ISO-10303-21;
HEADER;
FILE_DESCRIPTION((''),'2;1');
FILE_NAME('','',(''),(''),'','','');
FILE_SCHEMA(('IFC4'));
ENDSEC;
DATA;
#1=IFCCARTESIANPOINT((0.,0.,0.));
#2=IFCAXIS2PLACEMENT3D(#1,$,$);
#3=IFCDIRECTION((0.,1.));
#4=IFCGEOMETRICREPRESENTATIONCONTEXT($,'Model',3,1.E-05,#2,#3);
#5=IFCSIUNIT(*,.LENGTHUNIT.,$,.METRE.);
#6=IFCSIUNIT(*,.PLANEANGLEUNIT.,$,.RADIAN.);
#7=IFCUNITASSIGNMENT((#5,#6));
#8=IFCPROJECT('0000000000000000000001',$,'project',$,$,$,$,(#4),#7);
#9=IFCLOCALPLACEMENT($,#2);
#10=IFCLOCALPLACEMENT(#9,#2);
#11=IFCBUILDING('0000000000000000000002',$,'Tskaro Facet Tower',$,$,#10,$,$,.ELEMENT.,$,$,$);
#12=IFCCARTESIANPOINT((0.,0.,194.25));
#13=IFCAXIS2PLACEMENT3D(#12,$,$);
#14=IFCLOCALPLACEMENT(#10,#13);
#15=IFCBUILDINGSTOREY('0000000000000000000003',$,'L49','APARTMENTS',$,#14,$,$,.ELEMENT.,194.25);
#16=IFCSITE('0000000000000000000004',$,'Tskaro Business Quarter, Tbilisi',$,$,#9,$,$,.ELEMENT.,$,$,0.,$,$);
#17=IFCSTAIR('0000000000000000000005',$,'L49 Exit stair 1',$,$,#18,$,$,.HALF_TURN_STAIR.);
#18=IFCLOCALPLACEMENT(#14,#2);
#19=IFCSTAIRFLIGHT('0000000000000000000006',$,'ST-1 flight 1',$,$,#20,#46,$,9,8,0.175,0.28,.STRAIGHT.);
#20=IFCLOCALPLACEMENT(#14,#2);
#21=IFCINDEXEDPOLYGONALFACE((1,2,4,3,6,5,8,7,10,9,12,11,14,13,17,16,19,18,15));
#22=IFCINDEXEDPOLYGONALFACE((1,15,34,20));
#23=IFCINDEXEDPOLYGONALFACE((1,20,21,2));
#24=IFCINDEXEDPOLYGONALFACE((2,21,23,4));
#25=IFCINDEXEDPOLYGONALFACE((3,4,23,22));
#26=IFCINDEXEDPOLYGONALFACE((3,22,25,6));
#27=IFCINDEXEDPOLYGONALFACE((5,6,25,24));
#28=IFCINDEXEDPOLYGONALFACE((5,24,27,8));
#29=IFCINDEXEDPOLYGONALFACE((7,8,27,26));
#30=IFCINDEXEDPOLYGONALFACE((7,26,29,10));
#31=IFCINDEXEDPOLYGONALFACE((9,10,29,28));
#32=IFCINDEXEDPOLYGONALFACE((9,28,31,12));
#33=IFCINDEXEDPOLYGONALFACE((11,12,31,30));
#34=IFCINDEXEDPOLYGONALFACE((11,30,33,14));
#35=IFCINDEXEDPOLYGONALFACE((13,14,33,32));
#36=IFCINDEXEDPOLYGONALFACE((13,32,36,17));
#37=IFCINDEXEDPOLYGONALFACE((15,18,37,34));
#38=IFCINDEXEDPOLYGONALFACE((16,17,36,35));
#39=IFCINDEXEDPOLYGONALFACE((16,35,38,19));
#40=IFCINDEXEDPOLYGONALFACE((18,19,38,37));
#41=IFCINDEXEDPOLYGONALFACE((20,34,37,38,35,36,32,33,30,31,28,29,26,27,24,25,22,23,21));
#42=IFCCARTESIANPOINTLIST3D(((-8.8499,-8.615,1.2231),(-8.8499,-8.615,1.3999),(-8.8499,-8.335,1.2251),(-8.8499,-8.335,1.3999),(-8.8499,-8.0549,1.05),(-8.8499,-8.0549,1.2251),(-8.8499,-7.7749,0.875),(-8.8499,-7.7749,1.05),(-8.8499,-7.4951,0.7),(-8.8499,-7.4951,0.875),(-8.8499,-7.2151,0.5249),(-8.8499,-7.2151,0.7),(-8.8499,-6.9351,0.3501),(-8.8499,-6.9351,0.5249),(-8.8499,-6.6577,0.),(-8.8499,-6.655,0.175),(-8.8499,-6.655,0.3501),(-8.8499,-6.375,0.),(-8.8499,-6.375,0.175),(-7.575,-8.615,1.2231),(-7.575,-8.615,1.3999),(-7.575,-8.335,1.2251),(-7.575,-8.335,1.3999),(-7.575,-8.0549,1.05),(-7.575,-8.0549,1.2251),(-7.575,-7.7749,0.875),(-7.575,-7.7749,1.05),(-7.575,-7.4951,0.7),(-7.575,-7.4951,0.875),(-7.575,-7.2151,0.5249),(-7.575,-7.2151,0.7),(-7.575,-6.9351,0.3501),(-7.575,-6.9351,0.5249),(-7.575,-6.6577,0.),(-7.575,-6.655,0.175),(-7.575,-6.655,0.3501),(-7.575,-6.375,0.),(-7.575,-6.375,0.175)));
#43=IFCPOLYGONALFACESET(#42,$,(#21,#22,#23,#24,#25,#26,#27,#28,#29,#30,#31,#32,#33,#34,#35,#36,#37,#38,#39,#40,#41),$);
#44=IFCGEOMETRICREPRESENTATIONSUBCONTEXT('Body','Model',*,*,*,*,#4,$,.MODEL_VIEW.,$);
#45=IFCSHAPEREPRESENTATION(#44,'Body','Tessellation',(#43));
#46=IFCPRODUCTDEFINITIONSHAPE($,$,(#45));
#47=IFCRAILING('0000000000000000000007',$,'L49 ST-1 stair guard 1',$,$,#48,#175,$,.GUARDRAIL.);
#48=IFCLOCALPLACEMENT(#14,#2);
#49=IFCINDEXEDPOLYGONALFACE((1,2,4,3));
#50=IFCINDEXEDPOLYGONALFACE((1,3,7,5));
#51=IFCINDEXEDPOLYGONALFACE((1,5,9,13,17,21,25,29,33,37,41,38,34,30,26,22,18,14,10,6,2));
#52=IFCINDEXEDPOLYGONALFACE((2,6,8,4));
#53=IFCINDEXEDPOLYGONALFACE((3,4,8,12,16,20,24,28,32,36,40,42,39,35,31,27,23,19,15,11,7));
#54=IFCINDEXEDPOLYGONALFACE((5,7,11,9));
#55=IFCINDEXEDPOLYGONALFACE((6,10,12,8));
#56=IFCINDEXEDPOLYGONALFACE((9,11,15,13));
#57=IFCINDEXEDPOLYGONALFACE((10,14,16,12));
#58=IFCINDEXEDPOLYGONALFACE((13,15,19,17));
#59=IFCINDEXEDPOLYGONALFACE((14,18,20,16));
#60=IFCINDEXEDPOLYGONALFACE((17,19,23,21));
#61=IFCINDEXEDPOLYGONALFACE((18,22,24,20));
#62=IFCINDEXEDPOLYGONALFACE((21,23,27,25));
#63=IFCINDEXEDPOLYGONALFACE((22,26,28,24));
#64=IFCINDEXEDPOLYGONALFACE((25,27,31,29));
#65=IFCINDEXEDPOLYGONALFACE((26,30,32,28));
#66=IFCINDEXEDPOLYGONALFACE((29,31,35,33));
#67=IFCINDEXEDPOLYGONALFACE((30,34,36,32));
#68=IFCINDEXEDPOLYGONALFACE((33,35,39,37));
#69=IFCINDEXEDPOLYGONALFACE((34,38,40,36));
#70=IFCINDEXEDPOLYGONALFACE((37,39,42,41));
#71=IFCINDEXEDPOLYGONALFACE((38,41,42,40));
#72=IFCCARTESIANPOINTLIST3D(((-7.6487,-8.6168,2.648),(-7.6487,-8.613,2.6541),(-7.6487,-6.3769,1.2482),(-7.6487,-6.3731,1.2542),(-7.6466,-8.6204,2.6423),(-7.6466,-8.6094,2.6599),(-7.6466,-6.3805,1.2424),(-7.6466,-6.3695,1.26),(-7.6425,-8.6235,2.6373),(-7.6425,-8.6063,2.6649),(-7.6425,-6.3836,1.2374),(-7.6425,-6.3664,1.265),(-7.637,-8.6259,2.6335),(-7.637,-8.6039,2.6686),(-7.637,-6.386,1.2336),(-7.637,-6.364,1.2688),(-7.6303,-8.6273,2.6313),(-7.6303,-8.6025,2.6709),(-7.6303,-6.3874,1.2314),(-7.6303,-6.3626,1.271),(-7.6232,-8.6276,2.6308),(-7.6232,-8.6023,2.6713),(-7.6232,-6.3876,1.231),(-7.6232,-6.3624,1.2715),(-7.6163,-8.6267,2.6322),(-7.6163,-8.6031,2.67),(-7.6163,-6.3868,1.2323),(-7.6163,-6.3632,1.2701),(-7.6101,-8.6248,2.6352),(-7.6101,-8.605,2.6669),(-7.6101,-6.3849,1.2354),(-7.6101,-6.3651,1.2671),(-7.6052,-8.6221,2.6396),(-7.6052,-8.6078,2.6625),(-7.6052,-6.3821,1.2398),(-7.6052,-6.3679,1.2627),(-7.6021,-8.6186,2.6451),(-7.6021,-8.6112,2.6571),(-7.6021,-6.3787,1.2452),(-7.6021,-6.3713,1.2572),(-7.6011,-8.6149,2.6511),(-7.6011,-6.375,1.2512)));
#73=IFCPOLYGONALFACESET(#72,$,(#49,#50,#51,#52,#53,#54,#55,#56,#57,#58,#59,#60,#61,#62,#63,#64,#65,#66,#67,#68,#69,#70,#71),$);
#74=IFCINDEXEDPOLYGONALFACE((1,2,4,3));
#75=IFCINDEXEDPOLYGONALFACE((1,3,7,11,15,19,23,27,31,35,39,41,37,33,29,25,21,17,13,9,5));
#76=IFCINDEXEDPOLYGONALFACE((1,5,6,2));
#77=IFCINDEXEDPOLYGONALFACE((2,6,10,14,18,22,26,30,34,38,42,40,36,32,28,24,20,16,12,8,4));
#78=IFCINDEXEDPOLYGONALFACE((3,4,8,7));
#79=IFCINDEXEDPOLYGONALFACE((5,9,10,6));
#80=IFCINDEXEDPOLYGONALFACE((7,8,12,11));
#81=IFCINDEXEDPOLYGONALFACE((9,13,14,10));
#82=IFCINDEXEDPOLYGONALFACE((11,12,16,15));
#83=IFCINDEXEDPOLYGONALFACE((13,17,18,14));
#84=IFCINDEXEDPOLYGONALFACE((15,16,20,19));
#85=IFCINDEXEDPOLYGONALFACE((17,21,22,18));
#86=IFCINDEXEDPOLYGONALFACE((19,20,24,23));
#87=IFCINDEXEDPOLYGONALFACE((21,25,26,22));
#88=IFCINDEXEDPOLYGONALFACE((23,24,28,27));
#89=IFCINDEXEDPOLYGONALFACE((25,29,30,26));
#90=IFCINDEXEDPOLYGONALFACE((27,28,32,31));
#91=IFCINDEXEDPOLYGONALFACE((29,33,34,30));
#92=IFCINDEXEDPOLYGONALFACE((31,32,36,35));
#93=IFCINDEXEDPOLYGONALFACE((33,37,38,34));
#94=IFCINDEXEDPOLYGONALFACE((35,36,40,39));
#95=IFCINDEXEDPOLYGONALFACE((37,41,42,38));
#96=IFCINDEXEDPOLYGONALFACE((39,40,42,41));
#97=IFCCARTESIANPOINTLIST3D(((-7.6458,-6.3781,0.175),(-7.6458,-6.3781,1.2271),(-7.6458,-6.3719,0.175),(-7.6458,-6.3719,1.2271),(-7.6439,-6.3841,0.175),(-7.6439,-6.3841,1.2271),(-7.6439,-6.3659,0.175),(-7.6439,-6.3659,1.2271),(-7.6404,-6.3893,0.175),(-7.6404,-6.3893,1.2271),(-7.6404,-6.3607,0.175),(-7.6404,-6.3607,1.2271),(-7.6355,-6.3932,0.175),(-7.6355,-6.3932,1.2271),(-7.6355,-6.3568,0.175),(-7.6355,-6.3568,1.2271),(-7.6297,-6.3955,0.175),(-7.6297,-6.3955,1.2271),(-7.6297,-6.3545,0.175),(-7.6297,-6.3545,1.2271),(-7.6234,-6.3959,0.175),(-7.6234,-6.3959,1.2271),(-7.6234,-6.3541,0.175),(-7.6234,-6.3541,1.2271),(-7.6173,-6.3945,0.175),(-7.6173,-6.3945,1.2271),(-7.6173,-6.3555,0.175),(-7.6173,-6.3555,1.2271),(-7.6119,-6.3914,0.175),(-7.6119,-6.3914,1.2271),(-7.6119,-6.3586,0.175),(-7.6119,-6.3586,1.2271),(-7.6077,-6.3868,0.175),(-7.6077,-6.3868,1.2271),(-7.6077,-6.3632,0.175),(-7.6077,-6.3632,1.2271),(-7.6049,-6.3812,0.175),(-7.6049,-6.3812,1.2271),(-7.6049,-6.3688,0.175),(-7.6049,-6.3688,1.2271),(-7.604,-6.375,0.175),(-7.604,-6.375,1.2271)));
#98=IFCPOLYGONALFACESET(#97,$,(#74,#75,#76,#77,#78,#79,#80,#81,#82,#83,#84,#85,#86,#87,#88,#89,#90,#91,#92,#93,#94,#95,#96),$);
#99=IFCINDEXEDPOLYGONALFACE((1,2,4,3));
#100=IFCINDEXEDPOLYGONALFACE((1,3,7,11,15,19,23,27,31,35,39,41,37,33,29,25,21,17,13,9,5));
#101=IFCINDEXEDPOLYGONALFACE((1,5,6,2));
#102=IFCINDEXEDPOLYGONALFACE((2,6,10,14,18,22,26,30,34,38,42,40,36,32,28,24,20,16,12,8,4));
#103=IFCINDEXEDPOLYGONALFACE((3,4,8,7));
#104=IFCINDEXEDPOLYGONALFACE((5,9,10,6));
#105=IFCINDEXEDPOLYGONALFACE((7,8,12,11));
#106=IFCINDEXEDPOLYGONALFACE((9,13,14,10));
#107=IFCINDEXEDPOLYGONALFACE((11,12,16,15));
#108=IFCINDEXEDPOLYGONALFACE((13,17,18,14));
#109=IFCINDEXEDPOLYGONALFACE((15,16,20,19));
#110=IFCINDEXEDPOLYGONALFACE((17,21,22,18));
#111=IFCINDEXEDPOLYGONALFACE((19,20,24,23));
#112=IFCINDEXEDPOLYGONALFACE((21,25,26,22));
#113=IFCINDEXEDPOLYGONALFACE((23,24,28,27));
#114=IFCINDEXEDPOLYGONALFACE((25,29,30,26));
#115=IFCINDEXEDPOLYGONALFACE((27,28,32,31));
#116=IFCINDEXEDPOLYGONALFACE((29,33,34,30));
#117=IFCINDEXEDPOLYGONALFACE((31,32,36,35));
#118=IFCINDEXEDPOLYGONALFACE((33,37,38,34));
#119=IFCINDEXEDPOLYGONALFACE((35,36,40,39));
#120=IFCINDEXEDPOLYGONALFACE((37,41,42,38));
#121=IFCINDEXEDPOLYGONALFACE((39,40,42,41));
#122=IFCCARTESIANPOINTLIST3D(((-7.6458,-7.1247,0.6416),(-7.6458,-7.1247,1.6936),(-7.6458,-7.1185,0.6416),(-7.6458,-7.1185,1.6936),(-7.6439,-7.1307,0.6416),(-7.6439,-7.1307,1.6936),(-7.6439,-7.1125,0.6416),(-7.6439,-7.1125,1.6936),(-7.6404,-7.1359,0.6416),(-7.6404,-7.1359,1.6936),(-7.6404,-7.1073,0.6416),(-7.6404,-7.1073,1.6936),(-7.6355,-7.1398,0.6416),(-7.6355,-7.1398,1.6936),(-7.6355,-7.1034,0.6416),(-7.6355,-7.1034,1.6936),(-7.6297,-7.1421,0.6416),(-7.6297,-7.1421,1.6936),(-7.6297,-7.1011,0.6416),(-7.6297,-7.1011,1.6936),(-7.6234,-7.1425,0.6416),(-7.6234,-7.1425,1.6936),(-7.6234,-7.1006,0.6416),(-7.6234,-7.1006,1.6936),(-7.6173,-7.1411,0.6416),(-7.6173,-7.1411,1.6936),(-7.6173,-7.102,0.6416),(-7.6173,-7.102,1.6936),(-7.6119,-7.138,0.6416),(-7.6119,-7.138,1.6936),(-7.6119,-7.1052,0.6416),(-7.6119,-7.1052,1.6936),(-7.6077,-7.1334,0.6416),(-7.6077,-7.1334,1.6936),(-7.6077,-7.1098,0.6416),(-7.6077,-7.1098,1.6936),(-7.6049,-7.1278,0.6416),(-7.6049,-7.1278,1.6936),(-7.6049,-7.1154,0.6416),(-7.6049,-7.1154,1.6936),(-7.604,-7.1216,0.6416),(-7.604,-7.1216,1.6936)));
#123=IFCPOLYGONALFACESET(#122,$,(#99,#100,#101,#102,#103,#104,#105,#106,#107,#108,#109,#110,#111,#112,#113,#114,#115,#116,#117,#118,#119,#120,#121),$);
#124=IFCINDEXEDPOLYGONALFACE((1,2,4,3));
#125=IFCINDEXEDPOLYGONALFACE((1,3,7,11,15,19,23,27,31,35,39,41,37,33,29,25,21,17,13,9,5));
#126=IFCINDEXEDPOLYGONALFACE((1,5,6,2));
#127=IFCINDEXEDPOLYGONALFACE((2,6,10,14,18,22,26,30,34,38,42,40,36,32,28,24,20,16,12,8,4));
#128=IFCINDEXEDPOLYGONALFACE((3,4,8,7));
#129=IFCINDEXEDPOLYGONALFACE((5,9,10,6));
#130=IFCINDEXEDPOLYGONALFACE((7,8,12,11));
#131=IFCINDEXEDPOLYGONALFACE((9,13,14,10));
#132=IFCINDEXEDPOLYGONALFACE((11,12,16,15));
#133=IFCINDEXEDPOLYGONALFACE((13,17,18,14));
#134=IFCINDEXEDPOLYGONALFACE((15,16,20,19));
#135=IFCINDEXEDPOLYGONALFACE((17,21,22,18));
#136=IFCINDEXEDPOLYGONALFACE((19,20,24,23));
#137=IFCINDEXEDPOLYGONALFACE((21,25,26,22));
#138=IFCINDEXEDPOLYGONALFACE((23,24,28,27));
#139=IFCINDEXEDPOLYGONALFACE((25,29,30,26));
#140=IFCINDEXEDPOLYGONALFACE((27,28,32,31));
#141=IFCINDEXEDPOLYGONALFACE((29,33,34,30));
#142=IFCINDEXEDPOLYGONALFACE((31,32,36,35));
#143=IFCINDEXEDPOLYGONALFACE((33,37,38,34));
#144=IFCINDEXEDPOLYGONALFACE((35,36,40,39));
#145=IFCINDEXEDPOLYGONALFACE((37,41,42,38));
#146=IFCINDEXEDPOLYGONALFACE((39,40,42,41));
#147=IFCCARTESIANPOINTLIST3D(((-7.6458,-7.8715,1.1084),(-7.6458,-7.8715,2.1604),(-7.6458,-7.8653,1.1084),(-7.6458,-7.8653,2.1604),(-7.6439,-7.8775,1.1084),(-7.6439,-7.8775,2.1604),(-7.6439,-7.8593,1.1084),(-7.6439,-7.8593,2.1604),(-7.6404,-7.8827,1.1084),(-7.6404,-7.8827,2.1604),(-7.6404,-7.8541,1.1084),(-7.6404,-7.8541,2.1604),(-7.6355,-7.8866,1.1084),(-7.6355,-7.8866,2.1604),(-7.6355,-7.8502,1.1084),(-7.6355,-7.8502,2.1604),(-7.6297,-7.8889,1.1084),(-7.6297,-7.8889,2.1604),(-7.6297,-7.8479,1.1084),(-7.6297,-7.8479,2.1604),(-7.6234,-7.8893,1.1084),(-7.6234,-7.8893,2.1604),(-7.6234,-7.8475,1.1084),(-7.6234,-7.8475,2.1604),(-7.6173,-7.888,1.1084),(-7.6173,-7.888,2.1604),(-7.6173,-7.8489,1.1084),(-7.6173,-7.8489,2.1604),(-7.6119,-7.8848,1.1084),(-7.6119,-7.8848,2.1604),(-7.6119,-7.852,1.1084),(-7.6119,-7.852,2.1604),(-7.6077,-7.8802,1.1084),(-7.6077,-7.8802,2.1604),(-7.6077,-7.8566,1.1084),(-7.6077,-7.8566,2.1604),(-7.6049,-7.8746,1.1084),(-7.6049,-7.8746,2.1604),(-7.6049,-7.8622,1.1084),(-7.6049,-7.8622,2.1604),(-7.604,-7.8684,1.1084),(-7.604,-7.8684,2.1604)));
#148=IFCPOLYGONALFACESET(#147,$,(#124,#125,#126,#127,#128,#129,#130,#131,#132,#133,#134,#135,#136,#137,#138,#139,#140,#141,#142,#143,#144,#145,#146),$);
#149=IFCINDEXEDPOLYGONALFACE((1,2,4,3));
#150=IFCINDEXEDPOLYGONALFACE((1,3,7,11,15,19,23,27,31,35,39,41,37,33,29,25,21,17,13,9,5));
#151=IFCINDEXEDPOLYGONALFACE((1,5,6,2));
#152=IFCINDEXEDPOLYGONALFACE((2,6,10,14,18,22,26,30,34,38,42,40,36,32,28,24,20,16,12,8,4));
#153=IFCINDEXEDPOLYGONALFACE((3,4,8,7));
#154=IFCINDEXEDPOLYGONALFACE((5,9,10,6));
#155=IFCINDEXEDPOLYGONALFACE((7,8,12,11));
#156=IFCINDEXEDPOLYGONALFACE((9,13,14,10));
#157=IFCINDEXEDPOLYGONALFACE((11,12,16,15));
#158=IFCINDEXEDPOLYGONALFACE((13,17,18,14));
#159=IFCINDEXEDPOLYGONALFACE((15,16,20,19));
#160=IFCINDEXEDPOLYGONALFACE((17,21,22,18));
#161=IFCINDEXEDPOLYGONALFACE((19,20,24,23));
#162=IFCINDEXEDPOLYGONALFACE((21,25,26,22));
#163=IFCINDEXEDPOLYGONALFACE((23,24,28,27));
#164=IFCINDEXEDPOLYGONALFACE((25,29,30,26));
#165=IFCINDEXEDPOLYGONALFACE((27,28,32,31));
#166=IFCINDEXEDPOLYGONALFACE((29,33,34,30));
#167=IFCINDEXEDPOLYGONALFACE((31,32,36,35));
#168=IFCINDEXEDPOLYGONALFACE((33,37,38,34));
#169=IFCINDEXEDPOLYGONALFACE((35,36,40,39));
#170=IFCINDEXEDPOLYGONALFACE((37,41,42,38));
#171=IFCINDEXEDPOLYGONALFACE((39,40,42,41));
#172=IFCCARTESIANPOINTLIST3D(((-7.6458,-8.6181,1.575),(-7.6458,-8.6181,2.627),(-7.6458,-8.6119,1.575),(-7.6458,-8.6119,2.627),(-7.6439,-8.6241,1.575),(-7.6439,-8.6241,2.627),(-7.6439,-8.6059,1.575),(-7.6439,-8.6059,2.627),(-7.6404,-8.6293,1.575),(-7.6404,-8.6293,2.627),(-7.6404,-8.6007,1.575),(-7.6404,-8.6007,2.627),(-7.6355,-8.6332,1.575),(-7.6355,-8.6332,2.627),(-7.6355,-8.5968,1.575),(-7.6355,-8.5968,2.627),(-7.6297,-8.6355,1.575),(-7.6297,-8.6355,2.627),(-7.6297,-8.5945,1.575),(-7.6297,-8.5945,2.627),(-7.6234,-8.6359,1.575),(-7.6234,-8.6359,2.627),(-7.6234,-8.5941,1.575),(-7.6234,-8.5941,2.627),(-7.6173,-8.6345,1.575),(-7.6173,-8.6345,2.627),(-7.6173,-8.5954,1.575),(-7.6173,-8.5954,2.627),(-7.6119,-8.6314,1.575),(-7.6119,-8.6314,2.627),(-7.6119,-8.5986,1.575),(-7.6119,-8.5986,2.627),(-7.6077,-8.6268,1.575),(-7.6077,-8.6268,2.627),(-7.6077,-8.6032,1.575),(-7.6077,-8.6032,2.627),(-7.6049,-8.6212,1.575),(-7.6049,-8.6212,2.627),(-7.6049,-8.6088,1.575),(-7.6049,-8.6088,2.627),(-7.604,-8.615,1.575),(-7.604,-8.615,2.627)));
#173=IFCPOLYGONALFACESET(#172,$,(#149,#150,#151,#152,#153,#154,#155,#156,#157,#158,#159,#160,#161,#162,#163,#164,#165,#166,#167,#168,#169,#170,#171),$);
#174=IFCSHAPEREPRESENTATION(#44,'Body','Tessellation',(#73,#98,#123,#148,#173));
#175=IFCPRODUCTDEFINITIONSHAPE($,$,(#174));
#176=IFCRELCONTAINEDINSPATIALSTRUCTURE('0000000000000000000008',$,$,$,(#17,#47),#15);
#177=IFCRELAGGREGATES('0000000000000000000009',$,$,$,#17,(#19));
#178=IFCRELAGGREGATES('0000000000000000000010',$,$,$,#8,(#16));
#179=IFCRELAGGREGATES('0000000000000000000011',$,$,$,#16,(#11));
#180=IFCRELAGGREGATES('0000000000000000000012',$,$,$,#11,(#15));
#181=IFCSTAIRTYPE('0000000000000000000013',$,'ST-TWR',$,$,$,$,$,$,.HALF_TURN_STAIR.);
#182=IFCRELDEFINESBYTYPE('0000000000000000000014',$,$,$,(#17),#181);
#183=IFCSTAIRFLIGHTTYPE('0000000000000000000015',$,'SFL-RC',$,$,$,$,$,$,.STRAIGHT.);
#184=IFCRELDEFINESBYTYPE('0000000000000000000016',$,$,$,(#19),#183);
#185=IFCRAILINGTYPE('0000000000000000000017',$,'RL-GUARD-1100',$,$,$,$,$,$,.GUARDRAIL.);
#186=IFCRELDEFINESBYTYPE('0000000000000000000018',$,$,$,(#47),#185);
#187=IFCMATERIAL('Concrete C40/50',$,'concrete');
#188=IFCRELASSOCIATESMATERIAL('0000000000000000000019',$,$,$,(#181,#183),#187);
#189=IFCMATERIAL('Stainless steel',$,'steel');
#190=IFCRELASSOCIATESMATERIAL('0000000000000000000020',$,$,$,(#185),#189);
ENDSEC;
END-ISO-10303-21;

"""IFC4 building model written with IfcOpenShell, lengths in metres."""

from ifc_helpers import new_model, si_unit, direction, frame, origin, origin_2d, place, context, subcontext, project, spatial, polyline, circle, outline, extrude, material, type_object, element, aggregate, save


model = new_model("IFC4")

# Units and contexts
model_context = context("Model", 3, precision=1e-05, world=origin(), true_north=direction((0.0, 1.0)))
body_context = subcontext(model_context, "Body", "Model", "MODEL_VIEW")
ifc_project = project(units=[si_unit("LENGTHUNIT", "METRE"), si_unit("PLANEANGLEUNIT", "RADIAN")], contexts=[model_context])

# Site, building, storey
site_placement = place(None, origin())
site = spatial("IfcSite", under=ifc_project, at=site_placement, Name="Tskaro Business Quarter, Tbilisi", CompositionType="ELEMENT", RefElevation=0.0)
building_placement = place(site_placement, origin())
building = spatial("IfcBuilding", under=site, at=building_placement, Name="Tskaro Facet Tower", CompositionType="ELEMENT")
storey_placement = place(building_placement, frame((0.0, 0.0, 194.25)))
storey = spatial("IfcBuildingStorey", under=building, at=storey_placement, Name="L49", Description="APARTMENTS", CompositionType="ELEMENT", Elevation=194.25)

# Shared definitions
ifc_material_1 = material(Name="Stainless steel", Category="steel")

# Stair, stair flight
ifc_material_2 = material(Name="Concrete C40/50", Category="concrete")
stair_type = type_object("IfcStairType", Name="ST-TWR", PredefinedType="HALF_TURN_STAIR", material=ifc_material_2)
stair_placement = place(storey_placement, origin())
stair = element("IfcStair", 1, at=stair_placement, inside=storey, type_object=stair_type, Name="L49 Exit stair 1", PredefinedType="HALF_TURN_STAIR")
stair_flight_type = type_object("IfcStairFlightType", Name="SFL-RC", PredefinedType="STRAIGHT", material=ifc_material_2)
stair_flight_placement = place(storey_placement, frame((-8.2124, -6.375, 0.0), z_axis=(0.0, 0.0, 1.0), x_axis=(0.0, -1.0, 0.0)))
stair_flight = element("IfcStairFlight", 2, at=stair_flight_placement, type_object=stair_flight_type, Name="ST-1 flight 1", NumberOfRisers=9, NumberOfTreads=8, PredefinedType="STRAIGHT", RiserHeight=0.175, TreadLength=0.28, context=body_context, shape_type="SweptSolid", body=[
    extrude(outline(polyline([(0.0, 0.0), (0.0, 0.175), (0.28, 0.175), (0.28, 0.3501), (0.5601, 0.3501), (0.5601, 0.5249), (0.8401, 0.5249), (0.8401, 0.7), (1.1201, 0.7), (1.1201, 0.875), (1.3999, 0.875), (1.3999, 1.05), (1.6799, 1.05), (1.6799, 1.2251), (1.96, 1.2251), (1.96, 1.3999), (2.24, 1.3999), (2.24, 1.575), (2.24, 1.2231), (0.2827, 0.0), (0.0, 0.0)])), frame((0.0, 0.6375, 0.0), z_axis=(0.0, -1.0, 0.0), x_axis=(1.0, 0.0, 0.0)), (0.0, 0.0, 1.0), 1.2749),
])
aggregate(stair, [stair_flight])

# Railing
railing_type_1 = type_object("IfcRailingType", Name="RL-GUARD-1100", PredefinedType="GUARDRAIL", material=ifc_material_1)
railing_1_placement = place(storey_placement, frame((-7.625, -6.375, 0.175)))
element("IfcRailing", 3, at=railing_1_placement, inside=storey, type_object=railing_type_1, Name="L49 ST-1 stair guard 1", PredefinedType="GUARDRAIL", context=body_context, shape_type="SweptSolid", body=[
    extrude(circle(Radius=0.0239, at=origin_2d()), frame((0.0, 0.0, 1.0762), z_axis=(0.0, -0.848014, 0.529974), x_axis=(1.0, 0.0, 0.0)), (0.0, 0.0, 1.0), 2.6414),
    extrude(circle(Radius=0.021, at=origin_2d()), origin(), (0.0, 0.0, 1.0), 1.052),
    extrude(circle(Radius=0.021, at=origin_2d()), frame((0.0, -0.7466, 0.4666)), (0.0, 0.0, 1.0), 1.052),
    extrude(circle(Radius=0.021, at=origin_2d()), frame((0.0, -1.4934, 0.9333)), (0.0, 0.0, 1.0), 1.052),
    extrude(circle(Radius=0.021, at=origin_2d()), frame((0.0, -2.24, 1.3999)), (0.0, 0.0, 1.0), 1.052),
])

save(model, "model.ifc")
